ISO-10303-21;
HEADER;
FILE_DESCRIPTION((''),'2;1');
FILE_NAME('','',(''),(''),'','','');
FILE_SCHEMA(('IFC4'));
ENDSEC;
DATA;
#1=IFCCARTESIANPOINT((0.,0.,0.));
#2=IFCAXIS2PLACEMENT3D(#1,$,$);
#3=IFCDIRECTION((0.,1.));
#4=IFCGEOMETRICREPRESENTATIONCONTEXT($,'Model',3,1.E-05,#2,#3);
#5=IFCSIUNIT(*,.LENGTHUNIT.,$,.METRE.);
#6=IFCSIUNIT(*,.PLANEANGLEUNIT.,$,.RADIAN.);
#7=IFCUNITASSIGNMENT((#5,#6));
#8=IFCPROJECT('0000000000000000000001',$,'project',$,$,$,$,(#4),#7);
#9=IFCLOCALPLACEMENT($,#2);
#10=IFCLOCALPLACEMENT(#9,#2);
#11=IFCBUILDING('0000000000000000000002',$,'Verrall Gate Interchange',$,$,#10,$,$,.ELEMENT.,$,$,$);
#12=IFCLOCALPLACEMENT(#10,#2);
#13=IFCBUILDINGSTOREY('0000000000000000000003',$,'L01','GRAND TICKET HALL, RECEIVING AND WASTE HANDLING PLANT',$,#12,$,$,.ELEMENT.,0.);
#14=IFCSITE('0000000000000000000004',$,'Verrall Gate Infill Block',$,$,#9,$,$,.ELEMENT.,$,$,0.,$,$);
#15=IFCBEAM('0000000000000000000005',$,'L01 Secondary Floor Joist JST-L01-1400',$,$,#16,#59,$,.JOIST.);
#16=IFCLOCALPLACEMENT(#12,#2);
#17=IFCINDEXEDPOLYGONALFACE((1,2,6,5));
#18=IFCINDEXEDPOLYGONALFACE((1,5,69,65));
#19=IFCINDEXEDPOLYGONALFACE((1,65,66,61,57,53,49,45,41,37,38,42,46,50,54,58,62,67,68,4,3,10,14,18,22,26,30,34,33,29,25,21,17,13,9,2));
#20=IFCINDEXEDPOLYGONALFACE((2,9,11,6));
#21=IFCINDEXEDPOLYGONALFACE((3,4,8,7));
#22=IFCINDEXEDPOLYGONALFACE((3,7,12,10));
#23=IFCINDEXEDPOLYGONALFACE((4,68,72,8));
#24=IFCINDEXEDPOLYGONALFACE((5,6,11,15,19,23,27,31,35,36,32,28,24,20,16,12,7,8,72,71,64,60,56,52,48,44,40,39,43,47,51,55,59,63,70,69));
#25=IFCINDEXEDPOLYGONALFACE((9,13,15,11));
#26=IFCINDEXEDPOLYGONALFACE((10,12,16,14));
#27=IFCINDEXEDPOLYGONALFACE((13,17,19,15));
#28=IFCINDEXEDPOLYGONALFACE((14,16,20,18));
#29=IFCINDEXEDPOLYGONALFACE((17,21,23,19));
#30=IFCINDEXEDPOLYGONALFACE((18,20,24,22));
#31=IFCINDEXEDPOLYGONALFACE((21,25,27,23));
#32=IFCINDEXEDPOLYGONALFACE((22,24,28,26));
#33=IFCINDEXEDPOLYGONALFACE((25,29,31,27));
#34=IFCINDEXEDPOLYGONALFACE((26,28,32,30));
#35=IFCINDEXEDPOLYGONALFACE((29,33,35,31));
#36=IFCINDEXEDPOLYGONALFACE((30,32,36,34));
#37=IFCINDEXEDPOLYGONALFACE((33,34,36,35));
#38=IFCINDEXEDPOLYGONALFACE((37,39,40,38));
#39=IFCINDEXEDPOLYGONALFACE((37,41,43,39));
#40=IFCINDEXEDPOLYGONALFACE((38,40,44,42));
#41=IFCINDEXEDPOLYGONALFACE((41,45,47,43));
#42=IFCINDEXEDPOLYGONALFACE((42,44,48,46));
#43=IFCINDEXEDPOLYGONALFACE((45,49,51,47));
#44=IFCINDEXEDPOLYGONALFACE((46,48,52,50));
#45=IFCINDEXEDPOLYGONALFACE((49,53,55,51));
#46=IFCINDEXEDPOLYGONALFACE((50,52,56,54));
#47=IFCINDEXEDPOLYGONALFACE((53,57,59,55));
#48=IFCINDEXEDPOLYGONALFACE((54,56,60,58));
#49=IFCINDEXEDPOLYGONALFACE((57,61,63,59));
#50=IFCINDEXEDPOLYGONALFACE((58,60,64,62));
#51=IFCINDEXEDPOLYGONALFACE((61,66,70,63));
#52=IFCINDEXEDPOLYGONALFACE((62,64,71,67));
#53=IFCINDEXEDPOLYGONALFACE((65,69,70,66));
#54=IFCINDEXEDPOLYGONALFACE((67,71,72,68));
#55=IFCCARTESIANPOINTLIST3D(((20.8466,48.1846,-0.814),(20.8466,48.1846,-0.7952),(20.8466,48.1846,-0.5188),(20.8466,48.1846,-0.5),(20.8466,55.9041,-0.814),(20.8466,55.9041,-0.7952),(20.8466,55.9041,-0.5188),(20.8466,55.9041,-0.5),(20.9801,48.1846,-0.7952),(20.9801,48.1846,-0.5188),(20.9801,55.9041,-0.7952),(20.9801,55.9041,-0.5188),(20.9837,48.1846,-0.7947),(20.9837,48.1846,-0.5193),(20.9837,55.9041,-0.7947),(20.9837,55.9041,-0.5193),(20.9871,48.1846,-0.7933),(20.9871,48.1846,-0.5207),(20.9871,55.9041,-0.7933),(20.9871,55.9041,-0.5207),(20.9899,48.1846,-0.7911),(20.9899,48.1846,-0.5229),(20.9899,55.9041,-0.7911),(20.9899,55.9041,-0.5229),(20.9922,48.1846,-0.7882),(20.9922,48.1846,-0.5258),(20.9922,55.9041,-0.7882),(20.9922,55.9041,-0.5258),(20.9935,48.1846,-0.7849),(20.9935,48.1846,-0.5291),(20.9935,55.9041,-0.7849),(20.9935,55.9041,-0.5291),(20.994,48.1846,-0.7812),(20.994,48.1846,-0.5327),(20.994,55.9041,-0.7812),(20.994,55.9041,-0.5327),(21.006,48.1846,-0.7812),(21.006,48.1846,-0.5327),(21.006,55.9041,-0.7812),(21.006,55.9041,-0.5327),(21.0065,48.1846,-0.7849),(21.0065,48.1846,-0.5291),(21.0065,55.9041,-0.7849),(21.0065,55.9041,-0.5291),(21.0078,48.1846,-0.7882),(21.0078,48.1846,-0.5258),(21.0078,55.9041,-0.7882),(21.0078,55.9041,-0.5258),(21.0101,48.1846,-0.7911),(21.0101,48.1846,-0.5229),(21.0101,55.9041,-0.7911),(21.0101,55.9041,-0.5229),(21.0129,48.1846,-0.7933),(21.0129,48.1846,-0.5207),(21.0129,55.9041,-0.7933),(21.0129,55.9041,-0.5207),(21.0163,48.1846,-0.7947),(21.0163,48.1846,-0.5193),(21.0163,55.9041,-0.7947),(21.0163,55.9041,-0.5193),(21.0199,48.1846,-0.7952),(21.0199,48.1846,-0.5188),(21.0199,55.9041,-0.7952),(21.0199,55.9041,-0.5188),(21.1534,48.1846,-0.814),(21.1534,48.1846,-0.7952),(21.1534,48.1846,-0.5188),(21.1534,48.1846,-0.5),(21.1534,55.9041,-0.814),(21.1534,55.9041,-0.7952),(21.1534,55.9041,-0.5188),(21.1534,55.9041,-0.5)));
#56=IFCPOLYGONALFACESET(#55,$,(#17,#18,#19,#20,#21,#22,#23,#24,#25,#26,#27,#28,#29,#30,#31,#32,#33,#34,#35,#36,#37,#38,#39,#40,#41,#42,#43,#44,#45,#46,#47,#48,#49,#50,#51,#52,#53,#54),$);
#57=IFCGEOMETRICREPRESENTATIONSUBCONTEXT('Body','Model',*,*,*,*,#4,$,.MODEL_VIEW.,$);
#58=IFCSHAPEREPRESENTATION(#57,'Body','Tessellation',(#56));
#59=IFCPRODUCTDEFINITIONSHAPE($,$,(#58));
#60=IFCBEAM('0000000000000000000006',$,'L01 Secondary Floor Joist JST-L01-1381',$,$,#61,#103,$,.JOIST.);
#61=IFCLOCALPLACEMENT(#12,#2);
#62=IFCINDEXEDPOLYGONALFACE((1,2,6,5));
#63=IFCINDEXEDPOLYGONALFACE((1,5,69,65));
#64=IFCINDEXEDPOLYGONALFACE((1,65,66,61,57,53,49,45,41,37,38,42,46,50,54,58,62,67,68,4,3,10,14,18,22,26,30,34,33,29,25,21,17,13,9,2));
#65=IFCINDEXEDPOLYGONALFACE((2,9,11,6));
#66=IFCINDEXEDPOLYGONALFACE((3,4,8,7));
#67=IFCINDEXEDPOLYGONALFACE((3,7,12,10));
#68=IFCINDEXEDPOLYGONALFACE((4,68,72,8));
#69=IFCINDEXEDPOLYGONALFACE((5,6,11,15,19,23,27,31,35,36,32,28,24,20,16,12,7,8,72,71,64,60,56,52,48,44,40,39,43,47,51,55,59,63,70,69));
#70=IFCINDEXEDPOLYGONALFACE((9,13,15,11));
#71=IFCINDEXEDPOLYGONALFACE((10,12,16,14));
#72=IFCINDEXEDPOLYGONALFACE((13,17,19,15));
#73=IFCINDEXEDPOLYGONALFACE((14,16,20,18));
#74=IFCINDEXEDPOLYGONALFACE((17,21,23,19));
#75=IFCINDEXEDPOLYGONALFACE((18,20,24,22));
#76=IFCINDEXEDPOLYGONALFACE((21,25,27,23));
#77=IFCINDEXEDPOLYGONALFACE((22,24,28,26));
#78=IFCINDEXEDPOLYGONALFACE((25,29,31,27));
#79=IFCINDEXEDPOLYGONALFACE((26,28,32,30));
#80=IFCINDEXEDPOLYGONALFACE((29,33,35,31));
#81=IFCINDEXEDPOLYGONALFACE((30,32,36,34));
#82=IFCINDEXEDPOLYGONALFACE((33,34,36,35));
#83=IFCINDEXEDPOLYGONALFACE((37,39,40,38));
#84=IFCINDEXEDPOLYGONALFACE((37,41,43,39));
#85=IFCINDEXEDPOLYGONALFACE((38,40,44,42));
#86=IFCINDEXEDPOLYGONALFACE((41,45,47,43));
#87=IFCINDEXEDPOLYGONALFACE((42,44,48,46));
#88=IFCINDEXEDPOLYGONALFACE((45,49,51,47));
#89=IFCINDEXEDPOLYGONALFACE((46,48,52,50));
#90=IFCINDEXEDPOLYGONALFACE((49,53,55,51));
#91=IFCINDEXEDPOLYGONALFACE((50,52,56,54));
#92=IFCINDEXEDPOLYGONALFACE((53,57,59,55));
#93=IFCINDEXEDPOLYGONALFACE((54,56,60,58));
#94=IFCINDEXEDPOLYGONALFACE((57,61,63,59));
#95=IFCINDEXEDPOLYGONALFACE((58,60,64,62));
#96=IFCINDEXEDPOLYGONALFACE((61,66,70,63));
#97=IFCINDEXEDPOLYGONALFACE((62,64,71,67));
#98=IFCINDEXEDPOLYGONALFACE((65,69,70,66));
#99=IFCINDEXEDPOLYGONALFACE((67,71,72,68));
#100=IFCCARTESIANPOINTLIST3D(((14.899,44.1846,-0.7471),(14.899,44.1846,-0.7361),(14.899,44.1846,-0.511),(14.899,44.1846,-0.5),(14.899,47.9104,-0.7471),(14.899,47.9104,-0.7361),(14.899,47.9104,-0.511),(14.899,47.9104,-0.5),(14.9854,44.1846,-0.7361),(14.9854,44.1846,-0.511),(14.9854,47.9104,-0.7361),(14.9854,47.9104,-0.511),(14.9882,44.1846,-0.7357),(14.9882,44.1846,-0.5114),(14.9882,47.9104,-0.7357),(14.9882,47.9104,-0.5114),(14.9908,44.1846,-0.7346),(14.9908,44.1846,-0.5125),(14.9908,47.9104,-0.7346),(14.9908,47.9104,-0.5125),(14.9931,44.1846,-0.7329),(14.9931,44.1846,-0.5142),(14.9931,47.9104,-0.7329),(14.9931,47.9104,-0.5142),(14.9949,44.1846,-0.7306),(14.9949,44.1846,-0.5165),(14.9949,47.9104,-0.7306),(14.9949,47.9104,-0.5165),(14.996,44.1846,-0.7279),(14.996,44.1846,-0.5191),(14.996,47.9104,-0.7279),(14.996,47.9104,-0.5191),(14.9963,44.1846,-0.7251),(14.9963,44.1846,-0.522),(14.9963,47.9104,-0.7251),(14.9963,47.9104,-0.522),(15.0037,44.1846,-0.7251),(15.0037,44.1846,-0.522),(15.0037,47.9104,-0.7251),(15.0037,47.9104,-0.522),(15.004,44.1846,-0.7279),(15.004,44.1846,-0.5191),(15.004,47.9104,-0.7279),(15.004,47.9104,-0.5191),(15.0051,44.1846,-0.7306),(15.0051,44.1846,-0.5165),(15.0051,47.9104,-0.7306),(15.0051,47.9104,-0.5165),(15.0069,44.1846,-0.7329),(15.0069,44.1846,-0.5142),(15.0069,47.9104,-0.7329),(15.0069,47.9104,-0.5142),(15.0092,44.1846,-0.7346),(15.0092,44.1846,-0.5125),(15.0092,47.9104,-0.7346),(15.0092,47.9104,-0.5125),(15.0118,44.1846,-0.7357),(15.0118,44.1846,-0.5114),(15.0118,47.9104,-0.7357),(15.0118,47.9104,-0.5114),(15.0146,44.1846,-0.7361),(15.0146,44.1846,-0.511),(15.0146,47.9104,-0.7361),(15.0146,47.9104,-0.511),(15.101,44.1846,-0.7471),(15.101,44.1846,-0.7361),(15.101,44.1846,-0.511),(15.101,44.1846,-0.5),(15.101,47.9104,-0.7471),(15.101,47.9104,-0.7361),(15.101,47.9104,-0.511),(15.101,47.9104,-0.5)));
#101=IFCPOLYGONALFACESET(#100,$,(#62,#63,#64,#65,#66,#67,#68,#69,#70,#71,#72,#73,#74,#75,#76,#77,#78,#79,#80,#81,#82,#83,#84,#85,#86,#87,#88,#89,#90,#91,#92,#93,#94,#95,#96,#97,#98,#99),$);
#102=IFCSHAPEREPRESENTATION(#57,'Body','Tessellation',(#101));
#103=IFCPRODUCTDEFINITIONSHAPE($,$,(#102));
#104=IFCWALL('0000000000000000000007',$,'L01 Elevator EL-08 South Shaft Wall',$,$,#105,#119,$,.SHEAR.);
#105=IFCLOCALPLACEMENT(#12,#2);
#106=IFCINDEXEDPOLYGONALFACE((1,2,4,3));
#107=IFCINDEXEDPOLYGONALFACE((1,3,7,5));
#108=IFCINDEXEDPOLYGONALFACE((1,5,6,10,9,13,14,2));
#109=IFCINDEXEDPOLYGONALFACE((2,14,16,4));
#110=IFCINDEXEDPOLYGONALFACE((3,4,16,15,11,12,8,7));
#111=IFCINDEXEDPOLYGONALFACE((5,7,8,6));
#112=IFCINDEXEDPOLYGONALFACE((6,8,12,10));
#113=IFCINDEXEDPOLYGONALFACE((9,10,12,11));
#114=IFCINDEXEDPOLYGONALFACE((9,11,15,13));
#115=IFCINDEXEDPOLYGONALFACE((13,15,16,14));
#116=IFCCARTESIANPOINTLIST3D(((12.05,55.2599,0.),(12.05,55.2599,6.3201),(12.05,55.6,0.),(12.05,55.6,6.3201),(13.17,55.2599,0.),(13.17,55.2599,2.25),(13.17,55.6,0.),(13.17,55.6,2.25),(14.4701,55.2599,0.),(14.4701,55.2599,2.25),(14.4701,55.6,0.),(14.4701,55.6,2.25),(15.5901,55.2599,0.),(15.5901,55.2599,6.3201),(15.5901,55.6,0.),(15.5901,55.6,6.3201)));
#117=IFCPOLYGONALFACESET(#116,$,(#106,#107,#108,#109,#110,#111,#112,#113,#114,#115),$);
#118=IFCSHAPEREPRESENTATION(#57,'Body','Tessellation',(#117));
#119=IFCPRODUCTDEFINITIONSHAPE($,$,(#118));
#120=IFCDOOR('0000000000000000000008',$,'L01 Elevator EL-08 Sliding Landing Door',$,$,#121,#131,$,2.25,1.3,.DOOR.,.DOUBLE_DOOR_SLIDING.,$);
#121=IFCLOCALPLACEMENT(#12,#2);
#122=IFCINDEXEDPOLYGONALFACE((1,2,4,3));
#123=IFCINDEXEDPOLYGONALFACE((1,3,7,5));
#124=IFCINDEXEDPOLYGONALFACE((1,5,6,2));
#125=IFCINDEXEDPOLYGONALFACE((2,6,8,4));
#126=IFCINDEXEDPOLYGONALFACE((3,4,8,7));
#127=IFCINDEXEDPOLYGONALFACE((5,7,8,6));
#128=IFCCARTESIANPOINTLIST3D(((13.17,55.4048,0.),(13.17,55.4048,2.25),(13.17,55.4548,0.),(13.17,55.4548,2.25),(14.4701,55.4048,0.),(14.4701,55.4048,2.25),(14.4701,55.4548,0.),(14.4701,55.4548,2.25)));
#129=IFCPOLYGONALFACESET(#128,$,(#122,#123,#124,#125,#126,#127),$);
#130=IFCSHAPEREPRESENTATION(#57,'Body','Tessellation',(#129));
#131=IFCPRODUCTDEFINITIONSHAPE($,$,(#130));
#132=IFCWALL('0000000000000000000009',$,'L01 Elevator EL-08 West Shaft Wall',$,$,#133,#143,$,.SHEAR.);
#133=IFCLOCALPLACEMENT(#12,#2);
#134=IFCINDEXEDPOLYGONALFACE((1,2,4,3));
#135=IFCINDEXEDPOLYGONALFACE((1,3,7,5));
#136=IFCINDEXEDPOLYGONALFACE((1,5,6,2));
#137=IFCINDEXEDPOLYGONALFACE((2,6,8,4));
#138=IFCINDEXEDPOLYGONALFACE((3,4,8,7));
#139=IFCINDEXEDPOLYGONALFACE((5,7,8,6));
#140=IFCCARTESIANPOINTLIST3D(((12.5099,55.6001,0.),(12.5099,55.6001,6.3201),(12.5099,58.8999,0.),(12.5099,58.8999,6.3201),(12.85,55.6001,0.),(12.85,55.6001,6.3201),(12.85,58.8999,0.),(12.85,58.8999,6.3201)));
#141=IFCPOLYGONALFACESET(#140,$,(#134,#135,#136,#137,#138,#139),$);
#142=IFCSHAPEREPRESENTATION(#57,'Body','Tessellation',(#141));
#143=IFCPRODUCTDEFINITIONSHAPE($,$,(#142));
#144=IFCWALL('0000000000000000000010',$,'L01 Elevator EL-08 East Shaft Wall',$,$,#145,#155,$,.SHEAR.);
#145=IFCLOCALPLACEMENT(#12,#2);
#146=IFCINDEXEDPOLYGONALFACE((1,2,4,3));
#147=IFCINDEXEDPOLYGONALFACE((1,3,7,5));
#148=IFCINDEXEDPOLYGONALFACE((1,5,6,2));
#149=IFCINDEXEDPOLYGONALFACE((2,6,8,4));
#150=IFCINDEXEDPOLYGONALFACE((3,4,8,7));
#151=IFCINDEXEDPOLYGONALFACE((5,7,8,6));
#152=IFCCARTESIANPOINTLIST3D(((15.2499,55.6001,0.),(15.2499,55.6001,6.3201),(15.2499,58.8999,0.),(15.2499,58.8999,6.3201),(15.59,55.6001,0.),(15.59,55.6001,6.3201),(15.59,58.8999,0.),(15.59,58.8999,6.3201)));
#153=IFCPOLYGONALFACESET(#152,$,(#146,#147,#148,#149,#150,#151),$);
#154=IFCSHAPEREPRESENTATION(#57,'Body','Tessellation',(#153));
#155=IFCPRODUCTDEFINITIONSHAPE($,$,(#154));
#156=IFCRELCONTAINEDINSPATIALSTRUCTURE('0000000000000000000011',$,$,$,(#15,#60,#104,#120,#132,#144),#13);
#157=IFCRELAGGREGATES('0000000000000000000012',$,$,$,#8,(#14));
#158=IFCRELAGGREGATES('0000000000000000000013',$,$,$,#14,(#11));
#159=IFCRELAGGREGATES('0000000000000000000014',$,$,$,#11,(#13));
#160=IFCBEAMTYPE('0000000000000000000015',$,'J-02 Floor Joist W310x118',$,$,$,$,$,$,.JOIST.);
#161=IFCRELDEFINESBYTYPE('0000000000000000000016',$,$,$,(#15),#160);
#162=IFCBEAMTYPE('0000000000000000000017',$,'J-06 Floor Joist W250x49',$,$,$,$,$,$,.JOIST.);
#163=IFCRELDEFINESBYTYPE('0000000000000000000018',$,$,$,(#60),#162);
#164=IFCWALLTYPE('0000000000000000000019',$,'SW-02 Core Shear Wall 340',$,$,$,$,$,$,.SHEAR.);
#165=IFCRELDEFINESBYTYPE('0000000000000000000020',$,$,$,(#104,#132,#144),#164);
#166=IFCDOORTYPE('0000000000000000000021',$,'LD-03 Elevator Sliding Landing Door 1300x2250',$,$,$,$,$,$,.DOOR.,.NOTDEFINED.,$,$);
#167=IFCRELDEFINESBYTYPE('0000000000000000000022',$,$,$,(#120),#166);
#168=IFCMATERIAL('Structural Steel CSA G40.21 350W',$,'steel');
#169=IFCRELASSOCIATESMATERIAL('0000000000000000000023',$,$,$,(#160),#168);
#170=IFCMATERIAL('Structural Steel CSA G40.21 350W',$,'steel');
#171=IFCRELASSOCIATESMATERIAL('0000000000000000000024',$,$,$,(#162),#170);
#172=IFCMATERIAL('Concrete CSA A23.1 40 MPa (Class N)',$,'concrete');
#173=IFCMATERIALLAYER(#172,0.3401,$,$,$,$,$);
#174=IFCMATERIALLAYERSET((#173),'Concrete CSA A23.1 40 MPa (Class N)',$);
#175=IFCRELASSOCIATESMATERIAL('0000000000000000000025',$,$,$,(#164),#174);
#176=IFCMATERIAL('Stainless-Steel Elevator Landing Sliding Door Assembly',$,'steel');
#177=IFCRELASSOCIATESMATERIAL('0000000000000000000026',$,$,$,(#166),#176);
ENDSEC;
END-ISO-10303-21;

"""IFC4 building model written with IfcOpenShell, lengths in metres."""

from ifc_helpers import new_model, si_unit, direction, frame, frame_2d, origin, origin_2d, place, context, subcontext, project, spatial, rectangle, i_section, extrude, material, layer, layer_set, material_profile, profile_set, type_object, element, fill, save


model = new_model("IFC4")

# Units and contexts
model_context = context("Model", 3, precision=1e-05, world=origin(), true_north=direction((0.0, 1.0)))
body_context = subcontext(model_context, "Body", "Model", "MODEL_VIEW")
ifc_project = project(units=[si_unit("LENGTHUNIT", "METRE"), si_unit("PLANEANGLEUNIT", "RADIAN")], contexts=[model_context])

# Site, building, storey
site_placement = place(None, origin())
site = spatial("IfcSite", under=ifc_project, at=site_placement, Name="Verrall Gate Infill Block", CompositionType="ELEMENT", RefElevation=0.0)
building_placement = place(site_placement, origin())
building = spatial("IfcBuilding", under=site, at=building_placement, Name="Verrall Gate Interchange", CompositionType="ELEMENT")
storey_placement = place(building_placement, origin())
storey = spatial("IfcBuildingStorey", under=building, at=storey_placement, Name="L01", Description="GRAND TICKET HALL, RECEIVING AND WASTE HANDLING PLANT", CompositionType="ELEMENT", Elevation=0.0)

# Beams
ifc_material_1 = material(Name="Structural Steel CSA G40.21 350W", Category="steel")
ifc_material_profile_1 = material_profile(ifc_material_1, i_section(OverallWidth=0.3069, OverallDepth=0.314, WebThickness=0.012, FlangeThickness=0.0188, FilletRadius=0.0139, at=origin_2d()), Name="W310x118")
ifc_profile_set_1 = profile_set([ifc_material_profile_1], Name="Structural Steel CSA G40.21 350W")
beam_type_1 = type_object("IfcBeamType", Name="J-02 Floor Joist W310x118", PredefinedType="JOIST", material=ifc_profile_set_1)
beam_1_placement = place(storey_placement, frame((21.0, 48.1846, -0.657), z_axis=(0.0, 1.0, 0.0), x_axis=(-1.0, 0.0, 0.0)))
element("IfcBeam", 1, at=beam_1_placement, inside=storey, type_object=beam_type_1, Name="L01 Secondary Floor Joist JST-L01-1400", PredefinedType="JOIST", context=body_context, shape_type="SweptSolid", body=[
    extrude(i_section(OverallWidth=0.3069, OverallDepth=0.314, WebThickness=0.012, FlangeThickness=0.0188, FilletRadius=0.0139, at=origin_2d()), origin(), (0.0, 0.0, 1.0), 7.7195),
])
ifc_material_2 = material(Name="Structural Steel CSA G40.21 350W", Category="steel")
ifc_material_profile_2 = material_profile(ifc_material_2, i_section(OverallWidth=0.2019, OverallDepth=0.2471, WebThickness=0.0073, FlangeThickness=0.011, FilletRadius=0.011, at=origin_2d()), Name="W250x49")
ifc_profile_set_2 = profile_set([ifc_material_profile_2], Name="Structural Steel CSA G40.21 350W")
beam_type_2 = type_object("IfcBeamType", Name="J-06 Floor Joist W250x49", PredefinedType="JOIST", material=ifc_profile_set_2)
beam_2_placement = place(storey_placement, frame((15.0, 44.1846, -0.6235), z_axis=(0.0, 1.0, 0.0), x_axis=(-1.0, 0.0, 0.0)))
element("IfcBeam", 2, at=beam_2_placement, inside=storey, type_object=beam_type_2, Name="L01 Secondary Floor Joist JST-L01-1381", PredefinedType="JOIST", context=body_context, shape_type="SweptSolid", body=[
    extrude(i_section(OverallWidth=0.2019, OverallDepth=0.2471, WebThickness=0.0073, FlangeThickness=0.011, FilletRadius=0.011, at=origin_2d()), origin(), (0.0, 0.0, 1.0), 3.7258),
])

# Wall, opening, door
ifc_material_3 = material(Name="Concrete CSA A23.1 40 MPa (Class N)", Category="concrete")
ifc_layer_1 = layer(ifc_material_3, 0.3401)
ifc_layer_set_1 = layer_set([ifc_layer_1], Name="Concrete CSA A23.1 40 MPa (Class N)")
wall_type_1 = type_object("IfcWallType", Name="SW-02 Core Shear Wall 340", PredefinedType="SHEAR", material=ifc_layer_set_1)
wall_1_placement = place(storey_placement, frame((12.05, 55.4299, 0.0), z_axis=(0.0, 0.0, 1.0), x_axis=(1.0, 0.0, 0.0)))
wall_1 = element("IfcWall", 3, at=wall_1_placement, inside=storey, type_object=wall_type_1, Name="L01 Elevator EL-08 South Shaft Wall", PredefinedType="SHEAR", context=body_context, shape_type="SweptSolid", body=[
    extrude(rectangle(XDim=3.54, YDim=0.3401, at=frame_2d((1.77, 0.0))), origin(), (0.0, 0.0, 1.0), 6.3201),
])
opening_1_placement = place(wall_1_placement, frame((1.1201, 0.0, 0.0)))
opening_1 = element("IfcOpeningElement", 4, at=opening_1_placement, cuts=wall_1, PredefinedType="OPENING", context=body_context, shape_type="SweptSolid", body=[
    extrude(rectangle(XDim=1.3, YDim=2.25, at=frame_2d((0.6499, 1.125))), frame((0.0, 0.1851, 0.0), z_axis=(0.0, -1.0, 0.0), x_axis=(1.0, 0.0, 0.0)), (0.0, 0.0, 1.0), 0.3699),
])
ifc_material_4 = material(Name="Stainless-Steel Elevator Landing Sliding Door Assembly", Category="steel")
door_type_1 = type_object("IfcDoorType", Name="LD-03 Elevator Sliding Landing Door 1300x2250", OperationType="NOTDEFINED", PredefinedType="DOOR", material=ifc_material_4)
door_1_placement = place(opening_1_placement, origin())
door_1 = element("IfcDoor", 5, at=door_1_placement, inside=storey, type_object=door_type_1, Name="L01 Elevator EL-08 Sliding Landing Door", OperationType="DOUBLE_DOOR_SLIDING", OverallHeight=2.25, OverallWidth=1.3, PredefinedType="DOOR", context=body_context, shape_type="SweptSolid", body=[
    extrude(rectangle(XDim=1.3, YDim=2.25, at=frame_2d((0.6499, 1.125))), frame((0.0, 0.0249, 0.0), z_axis=(0.0, -1.0, 0.0), x_axis=(1.0, 0.0, 0.0)), (0.0, 0.0, 1.0), 0.05),
])
fill(opening_1, door_1)

# Walls
for number, where, z_axis, x_axis, name in (
    (6, (12.6799, 58.8999, 0.0), (0.0, 0.0, 1.0), (0.0, -1.0, 0.0), "L01 Elevator EL-08 West Shaft Wall"),
    (7, (15.4199, 55.6001, 0.0), (0.0, 0.0, 1.0), (0.0, 1.0, 0.0), "L01 Elevator EL-08 East Shaft Wall"),
):
    element("IfcWall", number, at=place(storey_placement, frame(where, z_axis=z_axis, x_axis=x_axis)), inside=storey, type_object=wall_type_1, Name=name, PredefinedType="SHEAR", context=body_context, shape_type="SweptSolid", body=[
        extrude(rectangle(XDim=3.2998, YDim=0.3401, at=frame_2d((1.6499, 0.0))), origin(), (0.0, 0.0, 1.0), 6.3201),
    ])

save(model, "model.ifc")
